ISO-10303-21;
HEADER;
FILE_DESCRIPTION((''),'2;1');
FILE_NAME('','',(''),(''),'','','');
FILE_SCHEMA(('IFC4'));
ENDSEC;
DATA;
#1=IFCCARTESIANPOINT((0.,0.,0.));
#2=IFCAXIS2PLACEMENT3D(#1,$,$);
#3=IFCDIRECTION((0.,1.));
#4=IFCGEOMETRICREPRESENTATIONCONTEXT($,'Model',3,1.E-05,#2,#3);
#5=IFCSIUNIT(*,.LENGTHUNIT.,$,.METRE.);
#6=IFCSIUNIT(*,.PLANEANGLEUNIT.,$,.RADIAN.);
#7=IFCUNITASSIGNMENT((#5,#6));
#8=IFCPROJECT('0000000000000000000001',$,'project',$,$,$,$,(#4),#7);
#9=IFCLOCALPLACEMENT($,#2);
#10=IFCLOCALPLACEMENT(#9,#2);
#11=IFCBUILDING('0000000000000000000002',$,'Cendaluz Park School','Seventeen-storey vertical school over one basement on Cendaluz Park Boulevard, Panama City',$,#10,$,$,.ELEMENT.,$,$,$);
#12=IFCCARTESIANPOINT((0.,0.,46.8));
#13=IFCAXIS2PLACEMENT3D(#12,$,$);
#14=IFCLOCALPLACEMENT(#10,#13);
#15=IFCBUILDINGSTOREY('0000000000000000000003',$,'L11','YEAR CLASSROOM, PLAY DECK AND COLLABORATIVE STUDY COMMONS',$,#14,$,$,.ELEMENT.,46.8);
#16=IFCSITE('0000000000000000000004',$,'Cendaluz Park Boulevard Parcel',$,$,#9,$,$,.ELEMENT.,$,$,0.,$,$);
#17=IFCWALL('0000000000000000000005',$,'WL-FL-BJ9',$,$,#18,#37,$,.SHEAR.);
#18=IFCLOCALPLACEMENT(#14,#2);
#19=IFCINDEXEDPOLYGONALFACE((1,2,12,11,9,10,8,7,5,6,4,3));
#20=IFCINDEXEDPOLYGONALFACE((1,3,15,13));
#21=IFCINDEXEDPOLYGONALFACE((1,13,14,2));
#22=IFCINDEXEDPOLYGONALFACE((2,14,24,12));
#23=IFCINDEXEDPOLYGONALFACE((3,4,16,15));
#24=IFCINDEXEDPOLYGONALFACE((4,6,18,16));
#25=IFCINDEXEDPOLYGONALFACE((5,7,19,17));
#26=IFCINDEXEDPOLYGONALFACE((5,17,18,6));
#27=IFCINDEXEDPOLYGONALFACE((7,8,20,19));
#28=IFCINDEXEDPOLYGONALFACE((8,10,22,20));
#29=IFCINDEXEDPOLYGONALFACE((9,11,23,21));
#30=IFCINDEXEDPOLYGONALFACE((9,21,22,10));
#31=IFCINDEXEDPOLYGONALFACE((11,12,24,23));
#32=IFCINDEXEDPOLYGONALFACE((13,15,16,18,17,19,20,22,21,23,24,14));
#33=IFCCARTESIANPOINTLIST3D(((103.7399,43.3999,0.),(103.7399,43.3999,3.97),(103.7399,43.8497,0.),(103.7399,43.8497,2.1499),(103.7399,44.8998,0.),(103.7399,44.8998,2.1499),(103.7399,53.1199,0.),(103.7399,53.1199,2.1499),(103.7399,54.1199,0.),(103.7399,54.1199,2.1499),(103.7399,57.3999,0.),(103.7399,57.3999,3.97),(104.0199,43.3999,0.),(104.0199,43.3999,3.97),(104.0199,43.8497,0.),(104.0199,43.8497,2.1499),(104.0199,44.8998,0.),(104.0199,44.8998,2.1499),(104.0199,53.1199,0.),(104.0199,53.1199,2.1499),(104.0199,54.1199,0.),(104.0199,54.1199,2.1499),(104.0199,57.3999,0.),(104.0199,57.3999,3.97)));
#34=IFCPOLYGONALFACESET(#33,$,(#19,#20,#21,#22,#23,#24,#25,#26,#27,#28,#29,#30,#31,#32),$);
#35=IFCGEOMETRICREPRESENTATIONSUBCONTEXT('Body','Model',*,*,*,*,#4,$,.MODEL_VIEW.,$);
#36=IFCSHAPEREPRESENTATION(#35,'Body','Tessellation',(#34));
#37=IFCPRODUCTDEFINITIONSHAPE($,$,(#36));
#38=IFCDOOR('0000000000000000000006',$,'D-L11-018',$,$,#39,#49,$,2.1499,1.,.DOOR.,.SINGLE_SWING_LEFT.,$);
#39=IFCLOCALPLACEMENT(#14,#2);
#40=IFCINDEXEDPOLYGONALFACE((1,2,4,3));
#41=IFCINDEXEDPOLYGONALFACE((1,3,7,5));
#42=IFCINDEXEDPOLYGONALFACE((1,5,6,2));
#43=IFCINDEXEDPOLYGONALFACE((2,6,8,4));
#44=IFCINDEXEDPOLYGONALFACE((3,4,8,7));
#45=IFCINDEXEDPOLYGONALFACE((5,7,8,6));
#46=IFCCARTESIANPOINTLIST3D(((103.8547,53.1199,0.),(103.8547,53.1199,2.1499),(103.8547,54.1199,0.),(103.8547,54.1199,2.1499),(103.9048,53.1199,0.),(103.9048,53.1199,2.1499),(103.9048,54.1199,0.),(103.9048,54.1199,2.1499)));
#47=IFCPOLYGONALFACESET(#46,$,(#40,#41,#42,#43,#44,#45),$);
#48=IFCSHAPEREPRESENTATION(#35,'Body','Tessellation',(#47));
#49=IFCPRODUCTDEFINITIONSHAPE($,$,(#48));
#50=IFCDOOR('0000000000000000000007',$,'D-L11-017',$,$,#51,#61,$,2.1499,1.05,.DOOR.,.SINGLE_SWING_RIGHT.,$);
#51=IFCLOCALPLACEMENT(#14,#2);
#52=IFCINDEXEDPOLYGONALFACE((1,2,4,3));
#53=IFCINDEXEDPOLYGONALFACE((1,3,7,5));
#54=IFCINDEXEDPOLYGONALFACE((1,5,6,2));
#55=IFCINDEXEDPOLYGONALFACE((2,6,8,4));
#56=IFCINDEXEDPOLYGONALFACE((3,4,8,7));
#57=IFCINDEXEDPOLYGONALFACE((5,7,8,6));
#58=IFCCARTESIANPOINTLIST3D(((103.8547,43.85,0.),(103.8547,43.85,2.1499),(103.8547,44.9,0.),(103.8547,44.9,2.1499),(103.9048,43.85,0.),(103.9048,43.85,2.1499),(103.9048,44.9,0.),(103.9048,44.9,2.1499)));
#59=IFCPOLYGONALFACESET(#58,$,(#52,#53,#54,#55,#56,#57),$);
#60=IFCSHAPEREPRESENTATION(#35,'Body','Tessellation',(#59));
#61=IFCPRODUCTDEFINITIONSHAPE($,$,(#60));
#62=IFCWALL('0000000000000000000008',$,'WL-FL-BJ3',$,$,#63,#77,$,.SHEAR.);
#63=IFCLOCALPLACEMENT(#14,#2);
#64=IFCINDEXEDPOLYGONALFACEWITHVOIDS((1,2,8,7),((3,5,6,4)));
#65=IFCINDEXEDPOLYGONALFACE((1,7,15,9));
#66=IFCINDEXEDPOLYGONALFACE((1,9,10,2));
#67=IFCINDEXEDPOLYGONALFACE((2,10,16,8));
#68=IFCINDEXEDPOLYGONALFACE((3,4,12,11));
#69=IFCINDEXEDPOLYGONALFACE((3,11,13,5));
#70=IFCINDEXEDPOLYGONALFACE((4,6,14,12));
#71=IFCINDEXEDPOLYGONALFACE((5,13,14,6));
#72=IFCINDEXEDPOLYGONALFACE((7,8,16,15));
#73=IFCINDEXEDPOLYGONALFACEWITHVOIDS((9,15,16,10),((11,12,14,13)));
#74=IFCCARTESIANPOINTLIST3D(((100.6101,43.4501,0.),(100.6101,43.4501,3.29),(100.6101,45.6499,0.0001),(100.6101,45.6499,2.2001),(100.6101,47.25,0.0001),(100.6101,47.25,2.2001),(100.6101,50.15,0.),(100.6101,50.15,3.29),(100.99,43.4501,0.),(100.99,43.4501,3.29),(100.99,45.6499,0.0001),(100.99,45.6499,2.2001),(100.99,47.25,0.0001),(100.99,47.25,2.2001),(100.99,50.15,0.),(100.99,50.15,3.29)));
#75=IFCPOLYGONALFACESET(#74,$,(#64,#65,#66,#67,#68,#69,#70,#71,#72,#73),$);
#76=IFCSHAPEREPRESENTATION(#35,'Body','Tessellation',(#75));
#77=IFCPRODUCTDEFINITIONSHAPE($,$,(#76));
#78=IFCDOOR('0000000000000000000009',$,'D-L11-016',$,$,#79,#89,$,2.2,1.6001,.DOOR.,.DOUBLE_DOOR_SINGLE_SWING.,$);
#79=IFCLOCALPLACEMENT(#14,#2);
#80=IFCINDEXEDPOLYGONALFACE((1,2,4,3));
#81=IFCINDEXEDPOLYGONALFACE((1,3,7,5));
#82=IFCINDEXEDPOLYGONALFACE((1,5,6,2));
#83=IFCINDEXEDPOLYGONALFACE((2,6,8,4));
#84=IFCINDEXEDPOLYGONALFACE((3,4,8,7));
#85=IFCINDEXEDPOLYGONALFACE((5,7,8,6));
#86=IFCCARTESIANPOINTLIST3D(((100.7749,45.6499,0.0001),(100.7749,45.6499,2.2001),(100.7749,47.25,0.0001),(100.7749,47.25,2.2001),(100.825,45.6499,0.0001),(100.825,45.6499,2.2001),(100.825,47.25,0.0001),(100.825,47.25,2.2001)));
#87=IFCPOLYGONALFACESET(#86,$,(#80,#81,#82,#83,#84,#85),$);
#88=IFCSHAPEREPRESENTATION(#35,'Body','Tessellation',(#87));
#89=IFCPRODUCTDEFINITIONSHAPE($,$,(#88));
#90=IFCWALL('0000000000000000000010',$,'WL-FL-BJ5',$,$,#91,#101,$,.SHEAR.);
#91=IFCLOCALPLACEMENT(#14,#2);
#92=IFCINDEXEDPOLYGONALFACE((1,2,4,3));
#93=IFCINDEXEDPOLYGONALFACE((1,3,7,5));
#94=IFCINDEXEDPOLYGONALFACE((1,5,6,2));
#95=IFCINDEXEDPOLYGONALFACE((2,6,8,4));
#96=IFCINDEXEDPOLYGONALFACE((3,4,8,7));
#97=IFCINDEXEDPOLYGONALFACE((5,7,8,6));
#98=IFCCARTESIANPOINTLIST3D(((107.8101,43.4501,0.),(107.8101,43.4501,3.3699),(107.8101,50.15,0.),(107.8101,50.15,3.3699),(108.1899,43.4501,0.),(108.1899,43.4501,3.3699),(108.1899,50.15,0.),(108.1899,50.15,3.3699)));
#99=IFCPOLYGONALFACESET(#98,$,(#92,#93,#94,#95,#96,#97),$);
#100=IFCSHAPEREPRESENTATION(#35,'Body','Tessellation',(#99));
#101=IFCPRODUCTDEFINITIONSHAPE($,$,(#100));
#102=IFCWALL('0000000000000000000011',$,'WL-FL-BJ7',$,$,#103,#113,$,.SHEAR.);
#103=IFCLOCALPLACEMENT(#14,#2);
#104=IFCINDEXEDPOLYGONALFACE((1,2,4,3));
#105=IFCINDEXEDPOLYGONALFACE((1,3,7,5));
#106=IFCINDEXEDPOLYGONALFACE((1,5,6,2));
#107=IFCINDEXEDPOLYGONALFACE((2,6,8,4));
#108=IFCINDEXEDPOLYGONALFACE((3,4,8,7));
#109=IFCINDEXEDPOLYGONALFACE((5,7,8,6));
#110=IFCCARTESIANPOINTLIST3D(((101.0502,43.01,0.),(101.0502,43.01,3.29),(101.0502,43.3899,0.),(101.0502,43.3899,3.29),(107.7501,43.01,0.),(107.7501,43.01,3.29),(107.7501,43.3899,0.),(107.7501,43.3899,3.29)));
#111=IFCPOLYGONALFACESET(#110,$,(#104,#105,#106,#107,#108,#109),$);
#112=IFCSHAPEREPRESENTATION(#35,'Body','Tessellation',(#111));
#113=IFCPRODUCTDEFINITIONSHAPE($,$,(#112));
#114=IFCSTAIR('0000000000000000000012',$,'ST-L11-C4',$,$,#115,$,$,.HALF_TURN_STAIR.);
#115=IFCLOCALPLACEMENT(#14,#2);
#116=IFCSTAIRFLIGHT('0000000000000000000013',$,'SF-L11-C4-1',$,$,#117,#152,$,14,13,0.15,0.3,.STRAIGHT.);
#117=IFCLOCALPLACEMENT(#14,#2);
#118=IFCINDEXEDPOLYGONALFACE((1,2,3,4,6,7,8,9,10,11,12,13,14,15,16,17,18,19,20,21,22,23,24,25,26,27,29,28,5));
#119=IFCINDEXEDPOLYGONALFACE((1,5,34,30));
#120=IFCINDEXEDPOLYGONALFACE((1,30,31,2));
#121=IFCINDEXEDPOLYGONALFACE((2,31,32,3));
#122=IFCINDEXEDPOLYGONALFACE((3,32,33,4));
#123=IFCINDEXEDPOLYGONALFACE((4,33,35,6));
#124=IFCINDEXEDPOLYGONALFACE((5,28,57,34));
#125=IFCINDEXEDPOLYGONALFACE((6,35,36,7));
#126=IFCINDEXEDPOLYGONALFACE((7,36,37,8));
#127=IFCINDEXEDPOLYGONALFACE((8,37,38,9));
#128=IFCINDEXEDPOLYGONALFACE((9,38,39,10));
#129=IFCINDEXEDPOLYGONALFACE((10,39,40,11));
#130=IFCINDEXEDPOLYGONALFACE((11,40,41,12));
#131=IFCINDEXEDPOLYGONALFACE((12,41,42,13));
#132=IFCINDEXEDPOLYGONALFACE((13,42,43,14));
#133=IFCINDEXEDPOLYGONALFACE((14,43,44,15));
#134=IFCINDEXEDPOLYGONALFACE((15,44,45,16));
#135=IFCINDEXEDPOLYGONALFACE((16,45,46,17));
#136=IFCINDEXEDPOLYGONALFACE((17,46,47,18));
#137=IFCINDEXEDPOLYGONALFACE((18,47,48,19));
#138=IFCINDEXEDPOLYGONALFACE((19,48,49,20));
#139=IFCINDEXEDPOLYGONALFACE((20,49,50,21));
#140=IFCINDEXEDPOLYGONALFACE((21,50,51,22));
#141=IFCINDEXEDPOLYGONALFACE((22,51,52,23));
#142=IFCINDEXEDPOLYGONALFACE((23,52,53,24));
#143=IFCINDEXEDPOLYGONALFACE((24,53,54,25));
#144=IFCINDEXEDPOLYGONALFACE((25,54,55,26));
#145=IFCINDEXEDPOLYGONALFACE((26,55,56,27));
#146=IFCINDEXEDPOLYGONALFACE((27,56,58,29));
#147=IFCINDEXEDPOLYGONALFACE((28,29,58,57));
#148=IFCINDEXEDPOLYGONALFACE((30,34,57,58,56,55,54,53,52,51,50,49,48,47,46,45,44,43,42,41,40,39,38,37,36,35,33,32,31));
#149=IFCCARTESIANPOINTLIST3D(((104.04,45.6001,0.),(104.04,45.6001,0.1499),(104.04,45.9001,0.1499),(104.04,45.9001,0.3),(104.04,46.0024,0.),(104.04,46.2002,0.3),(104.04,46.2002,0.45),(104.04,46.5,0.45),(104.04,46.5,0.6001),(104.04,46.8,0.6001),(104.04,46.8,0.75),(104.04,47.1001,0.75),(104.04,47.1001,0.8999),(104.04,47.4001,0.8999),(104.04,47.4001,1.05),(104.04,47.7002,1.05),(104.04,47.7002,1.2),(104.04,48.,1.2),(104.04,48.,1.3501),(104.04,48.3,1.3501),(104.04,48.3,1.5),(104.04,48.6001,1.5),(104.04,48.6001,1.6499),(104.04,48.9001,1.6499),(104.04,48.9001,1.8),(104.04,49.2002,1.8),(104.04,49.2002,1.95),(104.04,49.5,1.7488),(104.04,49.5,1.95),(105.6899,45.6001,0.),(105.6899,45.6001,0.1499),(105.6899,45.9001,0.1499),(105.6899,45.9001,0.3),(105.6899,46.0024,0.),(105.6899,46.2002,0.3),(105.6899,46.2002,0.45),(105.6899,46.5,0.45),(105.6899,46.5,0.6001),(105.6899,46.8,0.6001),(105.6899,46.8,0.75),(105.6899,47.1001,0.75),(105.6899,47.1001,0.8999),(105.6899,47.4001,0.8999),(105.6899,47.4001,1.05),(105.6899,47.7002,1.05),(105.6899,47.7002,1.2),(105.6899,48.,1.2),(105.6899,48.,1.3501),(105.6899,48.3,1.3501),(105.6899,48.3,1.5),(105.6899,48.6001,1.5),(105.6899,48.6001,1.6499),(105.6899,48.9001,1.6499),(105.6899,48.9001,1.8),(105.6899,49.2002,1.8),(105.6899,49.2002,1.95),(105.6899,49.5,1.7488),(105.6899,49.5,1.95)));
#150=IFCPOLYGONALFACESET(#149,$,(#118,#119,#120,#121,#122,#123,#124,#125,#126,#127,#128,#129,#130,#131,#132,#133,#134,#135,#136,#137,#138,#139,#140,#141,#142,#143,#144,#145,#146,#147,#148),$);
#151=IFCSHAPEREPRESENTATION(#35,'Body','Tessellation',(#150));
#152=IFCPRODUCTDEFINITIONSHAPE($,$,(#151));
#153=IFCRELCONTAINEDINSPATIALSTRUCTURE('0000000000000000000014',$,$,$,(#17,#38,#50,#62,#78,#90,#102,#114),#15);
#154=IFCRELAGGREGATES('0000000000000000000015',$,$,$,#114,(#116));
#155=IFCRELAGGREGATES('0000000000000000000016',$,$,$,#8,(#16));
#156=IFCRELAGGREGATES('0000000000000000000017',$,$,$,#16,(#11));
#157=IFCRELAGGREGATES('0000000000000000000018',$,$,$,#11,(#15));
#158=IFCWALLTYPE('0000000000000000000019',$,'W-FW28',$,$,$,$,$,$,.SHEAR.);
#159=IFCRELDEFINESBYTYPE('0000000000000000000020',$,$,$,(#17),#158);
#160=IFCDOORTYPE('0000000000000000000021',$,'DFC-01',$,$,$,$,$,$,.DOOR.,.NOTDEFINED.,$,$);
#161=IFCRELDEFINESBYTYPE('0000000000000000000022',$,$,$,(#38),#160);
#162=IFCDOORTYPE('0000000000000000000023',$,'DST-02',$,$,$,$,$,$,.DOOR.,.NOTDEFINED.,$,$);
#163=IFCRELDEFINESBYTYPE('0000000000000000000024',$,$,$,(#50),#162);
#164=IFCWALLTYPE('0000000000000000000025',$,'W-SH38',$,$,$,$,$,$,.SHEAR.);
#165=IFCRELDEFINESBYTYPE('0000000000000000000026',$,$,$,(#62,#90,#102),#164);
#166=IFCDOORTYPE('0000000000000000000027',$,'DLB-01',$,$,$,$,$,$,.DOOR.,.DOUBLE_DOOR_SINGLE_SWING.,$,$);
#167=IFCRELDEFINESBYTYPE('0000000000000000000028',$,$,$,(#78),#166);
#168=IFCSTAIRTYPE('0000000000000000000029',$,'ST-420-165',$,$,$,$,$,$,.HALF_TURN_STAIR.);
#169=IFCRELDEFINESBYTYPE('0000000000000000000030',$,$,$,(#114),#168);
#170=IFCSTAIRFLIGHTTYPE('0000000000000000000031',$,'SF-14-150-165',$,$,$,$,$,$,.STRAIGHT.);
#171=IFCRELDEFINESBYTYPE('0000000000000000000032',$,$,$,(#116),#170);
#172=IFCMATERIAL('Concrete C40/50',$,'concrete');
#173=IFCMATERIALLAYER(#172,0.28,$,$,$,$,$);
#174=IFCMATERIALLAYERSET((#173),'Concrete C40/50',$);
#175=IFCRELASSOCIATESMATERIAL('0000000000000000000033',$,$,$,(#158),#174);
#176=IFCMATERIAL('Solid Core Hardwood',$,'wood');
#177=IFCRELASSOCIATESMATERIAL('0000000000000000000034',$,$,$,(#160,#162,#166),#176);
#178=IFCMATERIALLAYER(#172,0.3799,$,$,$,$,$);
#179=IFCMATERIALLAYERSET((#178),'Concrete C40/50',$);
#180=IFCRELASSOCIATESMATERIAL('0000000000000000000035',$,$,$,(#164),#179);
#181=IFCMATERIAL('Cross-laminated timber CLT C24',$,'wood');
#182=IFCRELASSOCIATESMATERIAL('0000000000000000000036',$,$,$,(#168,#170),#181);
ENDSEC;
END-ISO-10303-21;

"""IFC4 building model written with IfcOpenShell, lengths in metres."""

from ifc_helpers import new_model, si_unit, direction, frame, frame_2d, origin, place, context, subcontext, project, spatial, polyline, rectangle, outline, extrude, material, layer, layer_set, type_object, element, fill, aggregate, save


model = new_model("IFC4")

# Units and contexts
model_context = context("Model", 3, precision=1e-05, world=origin(), true_north=direction((0.0, 1.0)))
body_context = subcontext(model_context, "Body", "Model", "MODEL_VIEW")
ifc_project = project(units=[si_unit("LENGTHUNIT", "METRE"), si_unit("PLANEANGLEUNIT", "RADIAN")], contexts=[model_context])

# Site, building, storey
site_placement = place(None, origin())
site = spatial("IfcSite", under=ifc_project, at=site_placement, Name="Cendaluz Park Boulevard Parcel", CompositionType="ELEMENT", RefElevation=0.0)
building_placement = place(site_placement, origin())
building = spatial("IfcBuilding", under=site, at=building_placement, Name="Cendaluz Park School", Description="Seventeen-storey vertical school over one basement on Cendaluz Park Boulevard, Panama City", CompositionType="ELEMENT")
storey_placement = place(building_placement, frame((0.0, 0.0, 46.8)))
storey = spatial("IfcBuildingStorey", under=building, at=storey_placement, Name="L11", Description="YEAR CLASSROOM, PLAY DECK AND COLLABORATIVE STUDY COMMONS", CompositionType="ELEMENT", Elevation=46.8)

# Shared definitions
ifc_material_1 = material(Name="Cross-laminated timber CLT C24", Category="wood")

# Wall, openings, doors
ifc_material_2 = material(Name="Concrete C40/50", Category="concrete")
ifc_layer_1 = layer(ifc_material_2, 0.28)
ifc_layer_set_1 = layer_set([ifc_layer_1], Name="Concrete C40/50")
wall_type_1 = type_object("IfcWallType", Name="W-FW28", PredefinedType="SHEAR", material=ifc_layer_set_1)
wall_1_placement = place(storey_placement, frame((103.8799, 43.3999, 0.0), z_axis=(0.0, 0.0, 1.0), x_axis=(0.0, 1.0, 0.0)))
wall_1 = element("IfcWall", 1, at=wall_1_placement, inside=storey, type_object=wall_type_1, Name="WL-FL-BJ9", PredefinedType="SHEAR", context=body_context, shape_type="SweptSolid", body=[
    extrude(rectangle(XDim=14.0, YDim=0.28, at=frame_2d((7.0, 0.0))), origin(), (0.0, 0.0, 1.0), 3.97),
])
opening_1_placement = place(wall_1_placement, frame((0.45, 0.0, 0.0)))
opening_1 = element("IfcOpeningElement", 2, at=opening_1_placement, cuts=wall_1, PredefinedType="OPENING", context=body_context, shape_type="SweptSolid", body=[
    extrude(rectangle(XDim=1.05, YDim=2.1499, at=frame_2d((0.5249, 1.075))), frame((0.0, 0.1521, 0.0), z_axis=(0.0, -1.0, 0.0), x_axis=(1.0, 0.0, 0.0)), (0.0, 0.0, 1.0), 0.304),
])
opening_2_placement = place(wall_1_placement, frame((9.72, 0.0, 0.0)))
opening_2 = element("IfcOpeningElement", 3, at=opening_2_placement, cuts=wall_1, PredefinedType="OPENING", context=body_context, shape_type="SweptSolid", body=[
    extrude(rectangle(XDim=1.0, YDim=2.1499, at=frame_2d((0.5, 1.075))), frame((0.0, 0.1521, 0.0), z_axis=(0.0, -1.0, 0.0), x_axis=(1.0, 0.0, 0.0)), (0.0, 0.0, 1.0), 0.304),
])
ifc_material_3 = material(Name="Solid Core Hardwood", Category="wood")
door_type_1 = type_object("IfcDoorType", Name="DFC-01", OperationType="NOTDEFINED", PredefinedType="DOOR", material=ifc_material_3)
door_1_placement = place(opening_2_placement, frame((1.0, 0.0, 0.0), z_axis=(0.0, 0.0, 1.0), x_axis=(-1.0, 0.0, 0.0)))
door_1 = element("IfcDoor", 4, at=door_1_placement, inside=storey, type_object=door_type_1, Name="D-L11-018", OperationType="SINGLE_SWING_LEFT", OverallHeight=2.1499, OverallWidth=1.0, PredefinedType="DOOR", context=body_context, shape_type="SweptSolid", body=[
    extrude(rectangle(XDim=1.0, YDim=2.1499, at=frame_2d((0.5, 1.075))), frame((0.0, 0.0249, 0.0), z_axis=(0.0, -1.0, 0.0), x_axis=(1.0, 0.0, 0.0)), (0.0, 0.0, 1.0), 0.05),
])
fill(opening_2, door_1)
door_type_2 = type_object("IfcDoorType", Name="DST-02", OperationType="NOTDEFINED", PredefinedType="DOOR", material=ifc_material_3)
door_2_placement = place(opening_1_placement, frame((1.05, 0.0, 0.0), z_axis=(0.0, 0.0, 1.0), x_axis=(-1.0, 0.0, 0.0)))
door_2 = element("IfcDoor", 5, at=door_2_placement, inside=storey, type_object=door_type_2, Name="D-L11-017", OperationType="SINGLE_SWING_RIGHT", OverallHeight=2.1499, OverallWidth=1.05, PredefinedType="DOOR", context=body_context, shape_type="SweptSolid", body=[
    extrude(rectangle(XDim=1.05, YDim=2.1499, at=frame_2d((0.5249, 1.075))), frame((0.0, 0.0249, 0.0), z_axis=(0.0, -1.0, 0.0), x_axis=(1.0, 0.0, 0.0)), (0.0, 0.0, 1.0), 0.05),
])
fill(opening_1, door_2)

# Wall, opening, door
ifc_layer_2 = layer(ifc_material_2, 0.3799)
ifc_layer_set_2 = layer_set([ifc_layer_2], Name="Concrete C40/50")
wall_type_2 = type_object("IfcWallType", Name="W-SH38", PredefinedType="SHEAR", material=ifc_layer_set_2)
wall_2_placement = place(storey_placement, frame((100.8, 43.45, 0.0), z_axis=(0.0, 0.0, 1.0), x_axis=(0.0, 1.0, 0.0)))
wall_2 = element("IfcWall", 6, at=wall_2_placement, inside=storey, type_object=wall_type_2, Name="WL-FL-BJ3", PredefinedType="SHEAR", context=body_context, shape_type="SweptSolid", body=[
    extrude(rectangle(XDim=6.7, YDim=0.3799, at=frame_2d((3.3501, 0.0))), origin(), (0.0, 0.0, 1.0), 3.29),
])
opening_3_placement = place(wall_2_placement, frame((2.2, 0.0, 0.0)))
opening_3 = element("IfcOpeningElement", 7, at=opening_3_placement, cuts=wall_2, PredefinedType="OPENING", context=body_context, shape_type="SweptSolid", body=[
    extrude(rectangle(XDim=1.6001, YDim=2.2, at=frame_2d((0.8, 1.1001))), frame((0.0, 0.2019, 0.0), z_axis=(0.0, -1.0, 0.0), x_axis=(1.0, 0.0, 0.0)), (0.0, 0.0, 1.0), 0.4038),
])
door_type_3 = type_object("IfcDoorType", Name="DLB-01", OperationType="DOUBLE_DOOR_SINGLE_SWING", PredefinedType="DOOR", material=ifc_material_3)
door_3_placement = place(opening_3_placement, frame((1.6001, 0.0, 0.0), z_axis=(0.0, 0.0, 1.0), x_axis=(-1.0, 0.0, 0.0)))
door_3 = element("IfcDoor", 8, at=door_3_placement, inside=storey, type_object=door_type_3, Name="D-L11-016", OperationType="DOUBLE_DOOR_SINGLE_SWING", OverallHeight=2.2, OverallWidth=1.6001, PredefinedType="DOOR", context=body_context, shape_type="SweptSolid", body=[
    extrude(rectangle(XDim=1.6001, YDim=2.2, at=frame_2d((0.8, 1.1001))), frame((0.0, 0.0249, 0.0), z_axis=(0.0, -1.0, 0.0), x_axis=(1.0, 0.0, 0.0)), (0.0, 0.0, 1.0), 0.05),
])
fill(opening_3, door_3)

# Walls
wall_3_placement = place(storey_placement, frame((108.0, 43.45, 0.0), z_axis=(0.0, 0.0, 1.0), x_axis=(0.0, 1.0, 0.0)))
element("IfcWall", 9, at=wall_3_placement, inside=storey, type_object=wall_type_2, Name="WL-FL-BJ5", PredefinedType="SHEAR", context=body_context, shape_type="SweptSolid", body=[
    extrude(rectangle(XDim=6.7, YDim=0.3799, at=frame_2d((3.3501, 0.0))), origin(), (0.0, 0.0, 1.0), 3.3699),
])
wall_4_placement = place(storey_placement, frame((101.05, 43.2, 0.0), z_axis=(0.0, 0.0, 1.0), x_axis=(1.0, 0.0, 0.0)))
element("IfcWall", 10, at=wall_4_placement, inside=storey, type_object=wall_type_2, Name="WL-FL-BJ7", PredefinedType="SHEAR", context=body_context, shape_type="SweptSolid", body=[
    extrude(rectangle(XDim=6.7, YDim=0.3799, at=frame_2d((3.3501, 0.0))), origin(), (0.0, 0.0, 1.0), 3.29),
])

# Stair, stair flight
stair_type = type_object("IfcStairType", Name="ST-420-165", PredefinedType="HALF_TURN_STAIR", material=ifc_material_1)
stair_placement = place(storey_placement, origin())
stair = element("IfcStair", 11, at=stair_placement, inside=storey, type_object=stair_type, Name="ST-L11-C4", PredefinedType="HALF_TURN_STAIR")
stair_flight_type = type_object("IfcStairFlightType", Name="SF-14-150-165", PredefinedType="STRAIGHT", material=ifc_material_1)
stair_flight_1_placement = place(storey_placement, frame((104.865, 45.6001, 0.0), z_axis=(0.0, 0.0, 1.0), x_axis=(0.0, 1.0, 0.0)))
stair_flight_1 = element("IfcStairFlight", 12, at=stair_flight_1_placement, type_object=stair_flight_type, Name="SF-L11-C4-1", NumberOfRisers=14, NumberOfTreads=13, PredefinedType="STRAIGHT", RiserHeight=0.15, TreadLength=0.3, context=body_context, shape_type="SweptSolid", body=[
    extrude(outline(polyline([(0.0, 0.0), (0.0, 0.1499), (0.3, 0.1499), (0.3, 0.3), (0.6001, 0.3), (0.6001, 0.45), (0.8999, 0.45), (0.8999, 0.6001), (1.2, 0.6001), (1.2, 0.75), (1.5, 0.75), (1.5, 0.8999), (1.8, 0.8999), (1.8, 1.05), (2.1001, 1.05), (2.1001, 1.2), (2.3999, 1.2), (2.3999, 1.3501), (2.7, 1.3501), (2.7, 1.5), (3.0, 1.5), (3.0, 1.6499), (3.3, 1.6499), (3.3, 1.8), (3.6001, 1.8), (3.6001, 1.95), (3.8999, 1.95), (3.8999, 2.1001), (3.8999, 1.7488), (0.4023, 0.0), (0.0, 0.0)])), frame((0.0, 0.825, 0.0), z_axis=(0.0, -1.0, 0.0), x_axis=(1.0, 0.0, 0.0)), (0.0, 0.0, 1.0), 1.6499),
])
aggregate(stair, [stair_flight_1])

save(model, "model.ifc")
